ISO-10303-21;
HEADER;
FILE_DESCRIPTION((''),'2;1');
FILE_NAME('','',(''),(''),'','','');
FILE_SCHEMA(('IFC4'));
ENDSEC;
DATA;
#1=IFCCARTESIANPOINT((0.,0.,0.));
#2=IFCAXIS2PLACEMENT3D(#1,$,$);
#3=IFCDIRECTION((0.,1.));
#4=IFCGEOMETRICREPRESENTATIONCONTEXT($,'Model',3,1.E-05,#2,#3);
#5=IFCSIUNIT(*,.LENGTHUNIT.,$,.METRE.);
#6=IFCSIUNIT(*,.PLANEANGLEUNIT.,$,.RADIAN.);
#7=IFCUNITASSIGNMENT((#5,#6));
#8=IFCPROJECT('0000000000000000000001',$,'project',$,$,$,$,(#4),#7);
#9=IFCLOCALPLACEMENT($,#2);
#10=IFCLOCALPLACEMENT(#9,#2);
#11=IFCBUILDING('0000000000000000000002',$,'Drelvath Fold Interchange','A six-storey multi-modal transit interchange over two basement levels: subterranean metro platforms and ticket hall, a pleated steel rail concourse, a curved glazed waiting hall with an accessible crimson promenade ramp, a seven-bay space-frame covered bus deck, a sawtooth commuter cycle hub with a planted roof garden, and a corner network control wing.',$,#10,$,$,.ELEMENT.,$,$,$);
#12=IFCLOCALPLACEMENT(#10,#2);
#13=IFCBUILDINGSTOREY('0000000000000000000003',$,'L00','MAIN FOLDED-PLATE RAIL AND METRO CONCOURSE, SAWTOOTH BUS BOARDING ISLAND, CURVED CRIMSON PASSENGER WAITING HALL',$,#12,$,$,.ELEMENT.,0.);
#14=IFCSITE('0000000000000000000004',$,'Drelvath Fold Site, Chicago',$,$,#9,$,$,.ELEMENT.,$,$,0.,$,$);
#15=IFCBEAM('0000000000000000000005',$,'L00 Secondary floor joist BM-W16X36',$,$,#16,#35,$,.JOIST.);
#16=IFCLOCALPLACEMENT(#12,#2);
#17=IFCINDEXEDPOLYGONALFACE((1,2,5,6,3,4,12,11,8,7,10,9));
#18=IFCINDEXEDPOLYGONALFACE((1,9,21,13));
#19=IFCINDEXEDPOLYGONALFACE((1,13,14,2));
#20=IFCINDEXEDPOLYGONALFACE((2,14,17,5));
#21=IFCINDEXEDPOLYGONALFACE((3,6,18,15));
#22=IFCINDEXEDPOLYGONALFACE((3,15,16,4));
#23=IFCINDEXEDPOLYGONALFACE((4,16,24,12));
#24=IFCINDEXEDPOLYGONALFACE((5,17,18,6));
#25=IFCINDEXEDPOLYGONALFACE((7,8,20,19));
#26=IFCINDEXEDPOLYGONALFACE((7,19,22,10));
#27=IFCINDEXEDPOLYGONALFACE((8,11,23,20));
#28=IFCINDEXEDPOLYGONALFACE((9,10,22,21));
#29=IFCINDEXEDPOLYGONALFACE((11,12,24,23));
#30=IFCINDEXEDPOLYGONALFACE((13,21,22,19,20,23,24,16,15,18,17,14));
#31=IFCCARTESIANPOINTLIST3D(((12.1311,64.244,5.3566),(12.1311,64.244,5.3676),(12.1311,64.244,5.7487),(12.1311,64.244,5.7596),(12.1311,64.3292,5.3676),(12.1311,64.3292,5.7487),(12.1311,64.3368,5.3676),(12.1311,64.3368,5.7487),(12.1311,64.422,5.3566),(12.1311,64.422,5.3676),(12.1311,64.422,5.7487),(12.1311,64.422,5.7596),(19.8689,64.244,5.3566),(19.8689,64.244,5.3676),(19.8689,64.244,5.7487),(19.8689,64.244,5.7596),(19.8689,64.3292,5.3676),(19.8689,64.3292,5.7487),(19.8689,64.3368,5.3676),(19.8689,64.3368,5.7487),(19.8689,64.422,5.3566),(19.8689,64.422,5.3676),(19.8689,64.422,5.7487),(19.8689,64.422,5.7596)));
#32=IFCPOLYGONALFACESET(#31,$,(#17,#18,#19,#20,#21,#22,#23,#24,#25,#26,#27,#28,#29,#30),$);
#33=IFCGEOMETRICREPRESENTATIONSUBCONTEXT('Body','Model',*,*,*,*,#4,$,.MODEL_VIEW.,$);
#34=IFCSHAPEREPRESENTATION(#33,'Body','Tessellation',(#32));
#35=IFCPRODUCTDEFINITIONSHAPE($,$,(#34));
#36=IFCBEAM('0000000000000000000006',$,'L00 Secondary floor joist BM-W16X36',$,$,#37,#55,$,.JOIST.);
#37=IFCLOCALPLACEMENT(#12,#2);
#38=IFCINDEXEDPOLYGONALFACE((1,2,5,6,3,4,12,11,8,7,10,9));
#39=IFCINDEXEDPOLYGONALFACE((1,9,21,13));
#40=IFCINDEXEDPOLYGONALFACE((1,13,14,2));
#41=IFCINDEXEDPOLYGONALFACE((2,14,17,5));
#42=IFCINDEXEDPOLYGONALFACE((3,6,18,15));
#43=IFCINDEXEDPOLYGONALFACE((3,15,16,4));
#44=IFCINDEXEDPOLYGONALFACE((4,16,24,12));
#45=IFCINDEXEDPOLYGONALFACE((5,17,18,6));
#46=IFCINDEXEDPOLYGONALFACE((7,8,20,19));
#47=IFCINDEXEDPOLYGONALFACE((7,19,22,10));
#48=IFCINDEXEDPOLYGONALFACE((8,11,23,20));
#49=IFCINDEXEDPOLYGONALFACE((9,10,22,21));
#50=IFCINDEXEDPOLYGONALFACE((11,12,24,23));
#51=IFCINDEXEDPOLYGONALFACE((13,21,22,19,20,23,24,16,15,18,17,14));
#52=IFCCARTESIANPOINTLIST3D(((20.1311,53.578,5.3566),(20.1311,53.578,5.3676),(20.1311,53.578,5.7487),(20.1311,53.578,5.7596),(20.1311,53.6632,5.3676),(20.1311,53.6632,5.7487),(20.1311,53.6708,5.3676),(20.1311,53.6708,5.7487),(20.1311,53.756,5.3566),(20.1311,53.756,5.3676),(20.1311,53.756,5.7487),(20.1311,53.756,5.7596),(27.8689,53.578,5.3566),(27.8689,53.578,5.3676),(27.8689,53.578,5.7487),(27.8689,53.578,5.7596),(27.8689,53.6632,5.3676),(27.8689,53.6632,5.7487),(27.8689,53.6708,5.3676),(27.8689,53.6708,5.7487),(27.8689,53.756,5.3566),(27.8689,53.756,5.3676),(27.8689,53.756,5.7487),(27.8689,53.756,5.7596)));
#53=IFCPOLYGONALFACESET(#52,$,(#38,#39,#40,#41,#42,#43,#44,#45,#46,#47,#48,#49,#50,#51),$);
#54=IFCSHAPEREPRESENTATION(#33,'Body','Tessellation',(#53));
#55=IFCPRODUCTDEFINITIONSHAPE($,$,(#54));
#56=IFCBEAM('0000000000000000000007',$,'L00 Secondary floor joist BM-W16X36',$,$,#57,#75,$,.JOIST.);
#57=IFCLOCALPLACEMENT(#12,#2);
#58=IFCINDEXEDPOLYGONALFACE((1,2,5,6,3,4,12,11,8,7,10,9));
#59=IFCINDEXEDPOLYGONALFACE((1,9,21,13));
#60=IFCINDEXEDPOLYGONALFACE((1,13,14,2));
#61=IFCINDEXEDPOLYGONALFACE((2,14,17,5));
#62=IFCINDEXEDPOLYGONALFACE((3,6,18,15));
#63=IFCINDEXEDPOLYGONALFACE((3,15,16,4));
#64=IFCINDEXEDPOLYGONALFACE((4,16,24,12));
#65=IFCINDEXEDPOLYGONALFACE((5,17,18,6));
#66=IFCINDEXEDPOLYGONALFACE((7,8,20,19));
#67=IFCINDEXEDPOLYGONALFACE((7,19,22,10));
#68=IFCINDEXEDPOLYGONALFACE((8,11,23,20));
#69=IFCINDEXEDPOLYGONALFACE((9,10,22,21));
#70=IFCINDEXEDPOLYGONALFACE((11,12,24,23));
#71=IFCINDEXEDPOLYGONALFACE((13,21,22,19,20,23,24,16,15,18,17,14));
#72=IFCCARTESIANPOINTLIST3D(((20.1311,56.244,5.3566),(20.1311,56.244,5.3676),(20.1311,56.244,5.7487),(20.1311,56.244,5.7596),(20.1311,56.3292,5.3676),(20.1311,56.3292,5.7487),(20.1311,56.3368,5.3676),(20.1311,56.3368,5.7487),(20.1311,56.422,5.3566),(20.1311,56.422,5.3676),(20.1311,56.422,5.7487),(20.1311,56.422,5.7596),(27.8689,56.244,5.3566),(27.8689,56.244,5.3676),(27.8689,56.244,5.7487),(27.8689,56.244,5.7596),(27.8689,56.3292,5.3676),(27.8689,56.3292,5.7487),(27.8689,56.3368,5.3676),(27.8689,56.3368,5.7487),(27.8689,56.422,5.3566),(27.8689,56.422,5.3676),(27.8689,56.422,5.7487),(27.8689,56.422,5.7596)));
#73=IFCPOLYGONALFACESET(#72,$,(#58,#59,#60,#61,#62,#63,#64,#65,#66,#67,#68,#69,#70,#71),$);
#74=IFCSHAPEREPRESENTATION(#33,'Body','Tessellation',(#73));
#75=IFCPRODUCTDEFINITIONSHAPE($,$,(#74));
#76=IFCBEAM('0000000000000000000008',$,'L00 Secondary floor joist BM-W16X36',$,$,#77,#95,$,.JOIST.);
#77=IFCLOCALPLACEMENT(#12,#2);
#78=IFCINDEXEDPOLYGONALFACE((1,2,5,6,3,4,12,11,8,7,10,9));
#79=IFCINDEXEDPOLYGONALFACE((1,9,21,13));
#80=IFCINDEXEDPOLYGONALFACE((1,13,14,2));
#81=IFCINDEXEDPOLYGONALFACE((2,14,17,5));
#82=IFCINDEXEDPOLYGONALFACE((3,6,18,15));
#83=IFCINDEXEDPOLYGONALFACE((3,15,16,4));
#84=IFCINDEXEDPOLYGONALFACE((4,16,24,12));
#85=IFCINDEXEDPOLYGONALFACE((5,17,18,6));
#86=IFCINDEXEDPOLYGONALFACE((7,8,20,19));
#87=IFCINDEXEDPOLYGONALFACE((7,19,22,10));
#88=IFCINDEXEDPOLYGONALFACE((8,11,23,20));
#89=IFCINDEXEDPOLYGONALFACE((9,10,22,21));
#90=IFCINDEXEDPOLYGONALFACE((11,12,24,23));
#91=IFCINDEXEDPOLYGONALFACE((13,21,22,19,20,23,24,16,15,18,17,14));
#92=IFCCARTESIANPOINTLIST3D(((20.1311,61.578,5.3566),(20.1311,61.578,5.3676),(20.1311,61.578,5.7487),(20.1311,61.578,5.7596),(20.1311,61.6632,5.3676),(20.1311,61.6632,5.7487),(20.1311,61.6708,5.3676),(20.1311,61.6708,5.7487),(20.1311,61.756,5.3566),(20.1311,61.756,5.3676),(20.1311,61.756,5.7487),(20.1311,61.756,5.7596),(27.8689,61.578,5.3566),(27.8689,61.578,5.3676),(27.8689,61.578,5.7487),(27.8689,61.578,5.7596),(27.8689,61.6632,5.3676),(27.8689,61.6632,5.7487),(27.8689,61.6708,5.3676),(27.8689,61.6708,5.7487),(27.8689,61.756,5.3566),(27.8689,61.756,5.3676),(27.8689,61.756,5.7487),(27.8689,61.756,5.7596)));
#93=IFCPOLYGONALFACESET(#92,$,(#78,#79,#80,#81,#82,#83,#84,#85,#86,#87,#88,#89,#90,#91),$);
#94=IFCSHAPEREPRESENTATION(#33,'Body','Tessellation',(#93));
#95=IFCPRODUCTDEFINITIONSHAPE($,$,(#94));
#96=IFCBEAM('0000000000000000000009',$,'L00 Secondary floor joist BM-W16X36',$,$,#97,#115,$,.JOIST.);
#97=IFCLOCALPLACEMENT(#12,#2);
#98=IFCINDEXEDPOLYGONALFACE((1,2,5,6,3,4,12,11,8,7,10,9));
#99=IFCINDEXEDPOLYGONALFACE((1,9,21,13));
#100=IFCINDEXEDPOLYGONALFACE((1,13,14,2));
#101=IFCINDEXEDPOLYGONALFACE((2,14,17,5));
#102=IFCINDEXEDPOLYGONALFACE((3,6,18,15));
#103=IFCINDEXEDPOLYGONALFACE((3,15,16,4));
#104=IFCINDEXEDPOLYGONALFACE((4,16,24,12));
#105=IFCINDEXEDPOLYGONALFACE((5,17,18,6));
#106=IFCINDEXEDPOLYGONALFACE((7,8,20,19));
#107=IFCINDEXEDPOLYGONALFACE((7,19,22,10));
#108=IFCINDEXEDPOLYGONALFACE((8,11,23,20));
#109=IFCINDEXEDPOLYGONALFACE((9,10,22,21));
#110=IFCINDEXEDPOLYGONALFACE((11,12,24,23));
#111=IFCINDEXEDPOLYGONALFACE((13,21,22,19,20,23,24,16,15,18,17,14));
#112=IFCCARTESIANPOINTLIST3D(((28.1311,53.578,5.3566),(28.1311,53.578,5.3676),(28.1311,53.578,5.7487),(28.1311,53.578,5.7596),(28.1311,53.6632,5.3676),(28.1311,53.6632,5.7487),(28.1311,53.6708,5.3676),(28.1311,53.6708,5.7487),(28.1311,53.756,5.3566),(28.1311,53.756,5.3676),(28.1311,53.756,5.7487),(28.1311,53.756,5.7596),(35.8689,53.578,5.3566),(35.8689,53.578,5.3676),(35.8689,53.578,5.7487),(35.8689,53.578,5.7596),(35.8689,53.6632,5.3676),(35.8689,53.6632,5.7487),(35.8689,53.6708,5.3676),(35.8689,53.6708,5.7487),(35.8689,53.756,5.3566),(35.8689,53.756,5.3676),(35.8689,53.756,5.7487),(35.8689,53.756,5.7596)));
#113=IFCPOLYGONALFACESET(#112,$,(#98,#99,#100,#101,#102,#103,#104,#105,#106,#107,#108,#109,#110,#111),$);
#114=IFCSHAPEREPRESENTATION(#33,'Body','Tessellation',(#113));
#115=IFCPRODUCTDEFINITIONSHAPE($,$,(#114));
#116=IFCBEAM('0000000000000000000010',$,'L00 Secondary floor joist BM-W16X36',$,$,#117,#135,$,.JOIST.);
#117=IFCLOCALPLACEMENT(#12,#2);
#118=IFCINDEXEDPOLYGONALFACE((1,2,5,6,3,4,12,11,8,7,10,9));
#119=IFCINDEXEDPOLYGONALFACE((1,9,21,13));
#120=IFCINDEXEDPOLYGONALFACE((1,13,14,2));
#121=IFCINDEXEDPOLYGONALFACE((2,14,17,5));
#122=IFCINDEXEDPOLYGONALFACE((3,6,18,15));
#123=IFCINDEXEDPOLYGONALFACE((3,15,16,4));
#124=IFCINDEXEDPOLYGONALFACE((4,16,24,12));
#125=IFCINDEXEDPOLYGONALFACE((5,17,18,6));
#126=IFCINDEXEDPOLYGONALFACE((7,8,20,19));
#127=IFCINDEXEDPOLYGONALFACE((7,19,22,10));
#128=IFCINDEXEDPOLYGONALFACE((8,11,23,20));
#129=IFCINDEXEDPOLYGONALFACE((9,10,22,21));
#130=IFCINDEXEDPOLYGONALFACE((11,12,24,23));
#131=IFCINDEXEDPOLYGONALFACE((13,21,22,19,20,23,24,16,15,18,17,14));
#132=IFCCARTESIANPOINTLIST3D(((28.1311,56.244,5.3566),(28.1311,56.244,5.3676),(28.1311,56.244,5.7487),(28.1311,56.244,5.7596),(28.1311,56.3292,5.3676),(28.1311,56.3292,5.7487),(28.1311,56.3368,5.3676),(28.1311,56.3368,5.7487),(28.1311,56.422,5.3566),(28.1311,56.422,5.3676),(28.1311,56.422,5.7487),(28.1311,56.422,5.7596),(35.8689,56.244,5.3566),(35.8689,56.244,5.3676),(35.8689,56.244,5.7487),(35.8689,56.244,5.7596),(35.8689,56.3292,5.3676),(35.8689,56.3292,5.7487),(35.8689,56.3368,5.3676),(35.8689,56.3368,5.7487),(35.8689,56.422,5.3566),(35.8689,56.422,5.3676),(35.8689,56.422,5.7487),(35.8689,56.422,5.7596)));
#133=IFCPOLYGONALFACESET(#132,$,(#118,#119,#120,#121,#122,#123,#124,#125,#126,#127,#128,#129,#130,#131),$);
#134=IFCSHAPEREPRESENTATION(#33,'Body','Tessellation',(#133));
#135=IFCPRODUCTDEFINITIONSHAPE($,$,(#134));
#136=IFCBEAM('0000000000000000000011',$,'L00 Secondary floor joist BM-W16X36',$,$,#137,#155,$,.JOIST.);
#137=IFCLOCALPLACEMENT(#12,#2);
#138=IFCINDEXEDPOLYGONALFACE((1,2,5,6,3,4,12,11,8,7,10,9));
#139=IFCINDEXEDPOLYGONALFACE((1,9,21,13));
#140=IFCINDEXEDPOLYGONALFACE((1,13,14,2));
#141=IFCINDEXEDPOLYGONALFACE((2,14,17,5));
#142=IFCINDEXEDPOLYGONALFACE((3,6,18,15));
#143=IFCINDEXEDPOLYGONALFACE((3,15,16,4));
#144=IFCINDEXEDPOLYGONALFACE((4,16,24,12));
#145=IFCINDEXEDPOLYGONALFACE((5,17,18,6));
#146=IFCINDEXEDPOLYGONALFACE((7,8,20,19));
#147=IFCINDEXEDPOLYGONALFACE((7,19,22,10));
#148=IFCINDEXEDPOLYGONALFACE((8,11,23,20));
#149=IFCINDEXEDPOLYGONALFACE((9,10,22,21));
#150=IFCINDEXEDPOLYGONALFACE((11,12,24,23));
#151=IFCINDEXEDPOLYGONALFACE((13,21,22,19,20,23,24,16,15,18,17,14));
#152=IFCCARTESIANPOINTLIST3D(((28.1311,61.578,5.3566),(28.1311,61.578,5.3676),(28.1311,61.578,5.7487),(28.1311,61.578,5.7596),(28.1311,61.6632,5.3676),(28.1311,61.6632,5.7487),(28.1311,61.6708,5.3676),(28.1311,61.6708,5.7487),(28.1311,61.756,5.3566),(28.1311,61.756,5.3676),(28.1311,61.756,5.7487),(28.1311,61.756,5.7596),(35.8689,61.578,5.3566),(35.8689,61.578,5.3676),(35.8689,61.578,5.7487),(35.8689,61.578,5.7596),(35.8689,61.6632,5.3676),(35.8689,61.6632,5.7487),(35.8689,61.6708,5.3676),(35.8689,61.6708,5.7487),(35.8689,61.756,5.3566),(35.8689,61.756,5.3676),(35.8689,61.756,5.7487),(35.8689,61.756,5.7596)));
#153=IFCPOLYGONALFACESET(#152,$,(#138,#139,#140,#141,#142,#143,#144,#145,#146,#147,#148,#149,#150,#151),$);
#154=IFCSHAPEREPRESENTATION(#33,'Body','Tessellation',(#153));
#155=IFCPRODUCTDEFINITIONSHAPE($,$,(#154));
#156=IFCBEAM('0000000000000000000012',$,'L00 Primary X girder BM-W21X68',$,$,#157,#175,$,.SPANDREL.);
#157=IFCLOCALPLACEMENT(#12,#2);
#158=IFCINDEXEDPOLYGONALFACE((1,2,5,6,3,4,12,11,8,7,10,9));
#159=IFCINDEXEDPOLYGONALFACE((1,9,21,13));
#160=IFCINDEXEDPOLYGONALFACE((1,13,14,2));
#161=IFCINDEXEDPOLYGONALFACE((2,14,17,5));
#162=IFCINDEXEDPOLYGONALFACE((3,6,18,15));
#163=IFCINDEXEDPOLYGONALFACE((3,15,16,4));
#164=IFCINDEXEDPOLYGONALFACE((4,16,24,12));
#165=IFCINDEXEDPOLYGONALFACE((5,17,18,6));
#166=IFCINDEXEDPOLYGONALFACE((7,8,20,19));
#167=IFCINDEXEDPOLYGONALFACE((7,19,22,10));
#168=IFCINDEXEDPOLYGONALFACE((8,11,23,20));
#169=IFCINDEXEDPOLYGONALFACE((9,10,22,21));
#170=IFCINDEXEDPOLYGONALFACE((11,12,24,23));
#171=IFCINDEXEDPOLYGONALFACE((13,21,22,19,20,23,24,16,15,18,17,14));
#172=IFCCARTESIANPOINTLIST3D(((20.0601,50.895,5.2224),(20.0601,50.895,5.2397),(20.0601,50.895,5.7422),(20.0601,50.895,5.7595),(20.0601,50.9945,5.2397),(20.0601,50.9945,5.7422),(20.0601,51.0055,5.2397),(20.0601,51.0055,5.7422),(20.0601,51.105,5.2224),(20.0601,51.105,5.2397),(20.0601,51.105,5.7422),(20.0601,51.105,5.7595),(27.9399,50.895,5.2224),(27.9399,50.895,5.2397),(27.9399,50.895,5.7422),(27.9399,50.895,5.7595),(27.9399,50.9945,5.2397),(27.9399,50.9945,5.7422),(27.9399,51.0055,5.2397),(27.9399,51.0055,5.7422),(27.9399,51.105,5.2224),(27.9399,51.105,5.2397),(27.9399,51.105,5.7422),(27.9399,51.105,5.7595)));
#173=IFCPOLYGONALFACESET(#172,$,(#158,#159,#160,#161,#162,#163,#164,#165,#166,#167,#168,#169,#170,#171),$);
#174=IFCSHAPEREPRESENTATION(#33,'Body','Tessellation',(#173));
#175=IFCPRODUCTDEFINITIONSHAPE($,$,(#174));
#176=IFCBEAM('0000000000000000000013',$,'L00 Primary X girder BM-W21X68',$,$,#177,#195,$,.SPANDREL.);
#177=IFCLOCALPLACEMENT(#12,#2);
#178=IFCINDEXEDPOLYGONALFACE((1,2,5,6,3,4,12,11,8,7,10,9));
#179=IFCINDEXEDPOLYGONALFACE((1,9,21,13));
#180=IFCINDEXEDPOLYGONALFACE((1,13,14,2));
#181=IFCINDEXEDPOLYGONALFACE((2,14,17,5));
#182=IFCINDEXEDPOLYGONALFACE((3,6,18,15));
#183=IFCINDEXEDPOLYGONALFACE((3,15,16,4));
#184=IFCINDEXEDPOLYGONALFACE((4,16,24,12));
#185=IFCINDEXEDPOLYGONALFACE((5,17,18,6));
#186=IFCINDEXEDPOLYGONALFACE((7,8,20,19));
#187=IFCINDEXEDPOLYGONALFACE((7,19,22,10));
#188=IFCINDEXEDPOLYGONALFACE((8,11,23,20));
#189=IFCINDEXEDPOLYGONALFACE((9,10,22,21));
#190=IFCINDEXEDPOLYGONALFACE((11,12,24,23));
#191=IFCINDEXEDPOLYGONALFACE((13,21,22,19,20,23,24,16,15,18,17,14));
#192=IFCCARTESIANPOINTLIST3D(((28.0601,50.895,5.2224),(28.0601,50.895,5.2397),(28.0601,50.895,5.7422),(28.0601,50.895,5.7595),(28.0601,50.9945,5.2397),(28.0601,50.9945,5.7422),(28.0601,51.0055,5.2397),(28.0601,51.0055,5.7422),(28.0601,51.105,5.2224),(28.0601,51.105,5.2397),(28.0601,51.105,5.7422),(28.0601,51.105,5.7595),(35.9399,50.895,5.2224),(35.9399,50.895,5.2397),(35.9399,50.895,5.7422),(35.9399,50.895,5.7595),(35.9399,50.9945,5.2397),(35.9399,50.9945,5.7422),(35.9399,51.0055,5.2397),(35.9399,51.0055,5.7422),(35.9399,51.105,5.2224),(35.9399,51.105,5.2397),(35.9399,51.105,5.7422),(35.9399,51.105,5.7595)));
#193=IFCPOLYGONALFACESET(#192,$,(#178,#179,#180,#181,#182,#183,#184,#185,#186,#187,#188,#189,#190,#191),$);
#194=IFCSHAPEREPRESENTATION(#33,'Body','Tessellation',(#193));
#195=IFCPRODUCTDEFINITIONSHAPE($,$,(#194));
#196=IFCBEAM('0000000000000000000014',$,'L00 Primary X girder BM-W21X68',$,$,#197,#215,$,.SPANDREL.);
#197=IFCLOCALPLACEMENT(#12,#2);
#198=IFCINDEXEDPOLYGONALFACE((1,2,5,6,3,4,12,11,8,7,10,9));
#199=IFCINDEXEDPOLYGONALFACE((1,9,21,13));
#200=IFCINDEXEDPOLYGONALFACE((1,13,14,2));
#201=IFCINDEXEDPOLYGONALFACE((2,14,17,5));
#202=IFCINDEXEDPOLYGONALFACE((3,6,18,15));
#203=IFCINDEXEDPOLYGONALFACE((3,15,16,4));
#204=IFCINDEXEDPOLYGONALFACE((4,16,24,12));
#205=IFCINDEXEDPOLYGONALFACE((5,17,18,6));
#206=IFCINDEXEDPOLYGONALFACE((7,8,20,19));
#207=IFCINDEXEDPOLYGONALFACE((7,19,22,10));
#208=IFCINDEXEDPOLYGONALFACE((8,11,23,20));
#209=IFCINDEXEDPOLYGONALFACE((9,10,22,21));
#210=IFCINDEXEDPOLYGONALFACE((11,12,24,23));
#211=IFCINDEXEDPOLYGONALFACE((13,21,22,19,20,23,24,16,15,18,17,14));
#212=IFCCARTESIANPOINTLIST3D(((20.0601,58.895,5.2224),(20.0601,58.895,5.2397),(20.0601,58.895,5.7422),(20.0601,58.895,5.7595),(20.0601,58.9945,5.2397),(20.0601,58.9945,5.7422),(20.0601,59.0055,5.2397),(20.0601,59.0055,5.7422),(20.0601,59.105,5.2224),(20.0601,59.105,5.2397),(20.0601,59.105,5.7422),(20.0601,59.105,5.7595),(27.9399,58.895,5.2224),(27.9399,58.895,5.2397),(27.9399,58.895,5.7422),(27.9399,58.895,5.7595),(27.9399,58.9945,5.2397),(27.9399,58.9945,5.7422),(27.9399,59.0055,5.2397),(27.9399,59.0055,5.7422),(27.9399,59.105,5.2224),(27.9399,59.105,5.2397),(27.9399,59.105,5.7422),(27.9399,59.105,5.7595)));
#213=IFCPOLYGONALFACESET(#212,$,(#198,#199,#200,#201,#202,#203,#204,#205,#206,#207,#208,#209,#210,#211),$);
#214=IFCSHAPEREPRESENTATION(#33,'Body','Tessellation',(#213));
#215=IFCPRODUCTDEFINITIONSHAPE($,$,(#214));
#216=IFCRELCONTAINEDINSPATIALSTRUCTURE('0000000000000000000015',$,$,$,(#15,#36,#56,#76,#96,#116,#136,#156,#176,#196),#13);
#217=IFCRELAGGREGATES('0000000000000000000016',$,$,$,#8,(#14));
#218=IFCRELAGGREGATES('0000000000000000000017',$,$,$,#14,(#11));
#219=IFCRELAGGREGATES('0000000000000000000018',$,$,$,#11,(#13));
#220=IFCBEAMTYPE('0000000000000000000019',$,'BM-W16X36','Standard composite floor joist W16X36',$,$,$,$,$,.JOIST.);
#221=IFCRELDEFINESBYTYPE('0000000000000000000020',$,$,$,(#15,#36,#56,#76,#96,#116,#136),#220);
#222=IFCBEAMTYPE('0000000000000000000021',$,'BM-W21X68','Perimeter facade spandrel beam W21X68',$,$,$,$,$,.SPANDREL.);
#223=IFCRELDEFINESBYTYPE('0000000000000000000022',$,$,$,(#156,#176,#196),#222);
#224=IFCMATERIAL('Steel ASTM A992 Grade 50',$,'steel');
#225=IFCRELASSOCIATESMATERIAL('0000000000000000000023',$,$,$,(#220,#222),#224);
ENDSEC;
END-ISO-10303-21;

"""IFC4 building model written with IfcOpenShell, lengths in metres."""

from ifc_helpers import new_model, si_unit, direction, frame, origin, origin_2d, place, context, subcontext, project, spatial, i_section, extrude, material, material_profile, profile_set, type_object, element, save


model = new_model("IFC4")

# Units and contexts
model_context = context("Model", 3, precision=1e-05, world=origin(), true_north=direction((0.0, 1.0)))
body_context = subcontext(model_context, "Body", "Model", "MODEL_VIEW")
ifc_project = project(units=[si_unit("LENGTHUNIT", "METRE"), si_unit("PLANEANGLEUNIT", "RADIAN")], contexts=[model_context])

# Site, building, storey
site_placement = place(None, origin())
site = spatial("IfcSite", under=ifc_project, at=site_placement, Name="Drelvath Fold Site, Chicago", CompositionType="ELEMENT", RefElevation=0.0)
building_placement = place(site_placement, origin())
building = spatial("IfcBuilding", under=site, at=building_placement, Name="Drelvath Fold Interchange", Description="A six-storey multi-modal transit interchange over two basement levels: subterranean metro platforms and ticket hall, a pleated steel rail concourse, a curved glazed waiting hall with an accessible crimson promenade ramp, a seven-bay space-frame covered bus deck, a sawtooth commuter cycle hub with a planted roof garden, and a corner network control wing.", CompositionType="ELEMENT")
storey_placement = place(building_placement, origin())
storey = spatial("IfcBuildingStorey", under=building, at=storey_placement, Name="L00", Description="MAIN FOLDED-PLATE RAIL AND METRO CONCOURSE, SAWTOOTH BUS BOARDING ISLAND, CURVED CRIMSON PASSENGER WAITING HALL", CompositionType="ELEMENT", Elevation=0.0)

# Shared definitions
ifc_material_1 = material(Name="Steel ASTM A992 Grade 50", Category="steel")

# Beams
ifc_material_profile_1 = material_profile(ifc_material_1, i_section(OverallWidth=0.178, OverallDepth=0.4031, WebThickness=0.0076, FlangeThickness=0.011, at=origin_2d()), Name="W16X36")
ifc_profile_set_1 = profile_set([ifc_material_profile_1], Name="Steel ASTM A992 Grade 50")
beam_type_1 = type_object("IfcBeamType", Name="BM-W16X36", Description="Standard composite floor joist W16X36", PredefinedType="JOIST", material=ifc_profile_set_1)
for number, where, z_axis, x_axis, name in (
    (1, (12.1311, 64.333, 5.5581), (1.0, 0.0, 0.0), (0.0, 1.0, 0.0), "L00 Secondary floor joist BM-W16X36"),
    (2, (20.1311, 53.667, 5.5581), (1.0, 0.0, 0.0), (0.0, 1.0, 0.0), "L00 Secondary floor joist BM-W16X36"),
    (3, (20.1311, 56.333, 5.5581), (1.0, 0.0, 0.0), (0.0, 1.0, 0.0), "L00 Secondary floor joist BM-W16X36"),
    (4, (20.1311, 61.667, 5.5581), (1.0, 0.0, 0.0), (0.0, 1.0, 0.0), "L00 Secondary floor joist BM-W16X36"),
    (5, (28.1311, 53.667, 5.5581), (1.0, 0.0, 0.0), (0.0, 1.0, 0.0), "L00 Secondary floor joist BM-W16X36"),
    (6, (28.1311, 56.333, 5.5581), (1.0, 0.0, 0.0), (0.0, 1.0, 0.0), "L00 Secondary floor joist BM-W16X36"),
    (7, (28.1311, 61.667, 5.5581), (1.0, 0.0, 0.0), (0.0, 1.0, 0.0), "L00 Secondary floor joist BM-W16X36"),
):
    element("IfcBeam", number, at=place(storey_placement, frame(where, z_axis=z_axis, x_axis=x_axis)), inside=storey, type_object=beam_type_1, Name=name, PredefinedType="JOIST", context=body_context, shape_type="SweptSolid", body=[
        extrude(i_section(OverallWidth=0.178, OverallDepth=0.4031, WebThickness=0.0076, FlangeThickness=0.011, at=origin_2d()), origin(), (0.0, 0.0, 1.0), 7.7378),
    ])
ifc_material_profile_2 = material_profile(ifc_material_1, i_section(OverallWidth=0.21, OverallDepth=0.5371, WebThickness=0.011, FlangeThickness=0.0173, at=origin_2d()), Name="W21X68")
ifc_profile_set_2 = profile_set([ifc_material_profile_2], Name="Steel ASTM A992 Grade 50")
beam_type_2 = type_object("IfcBeamType", Name="BM-W21X68", Description="Perimeter facade spandrel beam W21X68", PredefinedType="SPANDREL", material=ifc_profile_set_2)
for number, where, z_axis, x_axis, name in (
    (8, (20.0601, 51.0, 5.491), (1.0, 0.0, 0.0), (0.0, 1.0, 0.0), "L00 Primary X girder BM-W21X68"),
    (9, (28.0601, 51.0, 5.491), (1.0, 0.0, 0.0), (0.0, 1.0, 0.0), "L00 Primary X girder BM-W21X68"),
    (10, (20.0601, 59.0, 5.491), (1.0, 0.0, 0.0), (0.0, 1.0, 0.0), "L00 Primary X girder BM-W21X68"),
):
    element("IfcBeam", number, at=place(storey_placement, frame(where, z_axis=z_axis, x_axis=x_axis)), inside=storey, type_object=beam_type_2, Name=name, PredefinedType="SPANDREL", context=body_context, shape_type="SweptSolid", body=[
        extrude(i_section(OverallWidth=0.21, OverallDepth=0.5371, WebThickness=0.011, FlangeThickness=0.0173, at=origin_2d()), origin(), (0.0, 0.0, 1.0), 7.8799),
    ])

save(model, "model.ifc")
